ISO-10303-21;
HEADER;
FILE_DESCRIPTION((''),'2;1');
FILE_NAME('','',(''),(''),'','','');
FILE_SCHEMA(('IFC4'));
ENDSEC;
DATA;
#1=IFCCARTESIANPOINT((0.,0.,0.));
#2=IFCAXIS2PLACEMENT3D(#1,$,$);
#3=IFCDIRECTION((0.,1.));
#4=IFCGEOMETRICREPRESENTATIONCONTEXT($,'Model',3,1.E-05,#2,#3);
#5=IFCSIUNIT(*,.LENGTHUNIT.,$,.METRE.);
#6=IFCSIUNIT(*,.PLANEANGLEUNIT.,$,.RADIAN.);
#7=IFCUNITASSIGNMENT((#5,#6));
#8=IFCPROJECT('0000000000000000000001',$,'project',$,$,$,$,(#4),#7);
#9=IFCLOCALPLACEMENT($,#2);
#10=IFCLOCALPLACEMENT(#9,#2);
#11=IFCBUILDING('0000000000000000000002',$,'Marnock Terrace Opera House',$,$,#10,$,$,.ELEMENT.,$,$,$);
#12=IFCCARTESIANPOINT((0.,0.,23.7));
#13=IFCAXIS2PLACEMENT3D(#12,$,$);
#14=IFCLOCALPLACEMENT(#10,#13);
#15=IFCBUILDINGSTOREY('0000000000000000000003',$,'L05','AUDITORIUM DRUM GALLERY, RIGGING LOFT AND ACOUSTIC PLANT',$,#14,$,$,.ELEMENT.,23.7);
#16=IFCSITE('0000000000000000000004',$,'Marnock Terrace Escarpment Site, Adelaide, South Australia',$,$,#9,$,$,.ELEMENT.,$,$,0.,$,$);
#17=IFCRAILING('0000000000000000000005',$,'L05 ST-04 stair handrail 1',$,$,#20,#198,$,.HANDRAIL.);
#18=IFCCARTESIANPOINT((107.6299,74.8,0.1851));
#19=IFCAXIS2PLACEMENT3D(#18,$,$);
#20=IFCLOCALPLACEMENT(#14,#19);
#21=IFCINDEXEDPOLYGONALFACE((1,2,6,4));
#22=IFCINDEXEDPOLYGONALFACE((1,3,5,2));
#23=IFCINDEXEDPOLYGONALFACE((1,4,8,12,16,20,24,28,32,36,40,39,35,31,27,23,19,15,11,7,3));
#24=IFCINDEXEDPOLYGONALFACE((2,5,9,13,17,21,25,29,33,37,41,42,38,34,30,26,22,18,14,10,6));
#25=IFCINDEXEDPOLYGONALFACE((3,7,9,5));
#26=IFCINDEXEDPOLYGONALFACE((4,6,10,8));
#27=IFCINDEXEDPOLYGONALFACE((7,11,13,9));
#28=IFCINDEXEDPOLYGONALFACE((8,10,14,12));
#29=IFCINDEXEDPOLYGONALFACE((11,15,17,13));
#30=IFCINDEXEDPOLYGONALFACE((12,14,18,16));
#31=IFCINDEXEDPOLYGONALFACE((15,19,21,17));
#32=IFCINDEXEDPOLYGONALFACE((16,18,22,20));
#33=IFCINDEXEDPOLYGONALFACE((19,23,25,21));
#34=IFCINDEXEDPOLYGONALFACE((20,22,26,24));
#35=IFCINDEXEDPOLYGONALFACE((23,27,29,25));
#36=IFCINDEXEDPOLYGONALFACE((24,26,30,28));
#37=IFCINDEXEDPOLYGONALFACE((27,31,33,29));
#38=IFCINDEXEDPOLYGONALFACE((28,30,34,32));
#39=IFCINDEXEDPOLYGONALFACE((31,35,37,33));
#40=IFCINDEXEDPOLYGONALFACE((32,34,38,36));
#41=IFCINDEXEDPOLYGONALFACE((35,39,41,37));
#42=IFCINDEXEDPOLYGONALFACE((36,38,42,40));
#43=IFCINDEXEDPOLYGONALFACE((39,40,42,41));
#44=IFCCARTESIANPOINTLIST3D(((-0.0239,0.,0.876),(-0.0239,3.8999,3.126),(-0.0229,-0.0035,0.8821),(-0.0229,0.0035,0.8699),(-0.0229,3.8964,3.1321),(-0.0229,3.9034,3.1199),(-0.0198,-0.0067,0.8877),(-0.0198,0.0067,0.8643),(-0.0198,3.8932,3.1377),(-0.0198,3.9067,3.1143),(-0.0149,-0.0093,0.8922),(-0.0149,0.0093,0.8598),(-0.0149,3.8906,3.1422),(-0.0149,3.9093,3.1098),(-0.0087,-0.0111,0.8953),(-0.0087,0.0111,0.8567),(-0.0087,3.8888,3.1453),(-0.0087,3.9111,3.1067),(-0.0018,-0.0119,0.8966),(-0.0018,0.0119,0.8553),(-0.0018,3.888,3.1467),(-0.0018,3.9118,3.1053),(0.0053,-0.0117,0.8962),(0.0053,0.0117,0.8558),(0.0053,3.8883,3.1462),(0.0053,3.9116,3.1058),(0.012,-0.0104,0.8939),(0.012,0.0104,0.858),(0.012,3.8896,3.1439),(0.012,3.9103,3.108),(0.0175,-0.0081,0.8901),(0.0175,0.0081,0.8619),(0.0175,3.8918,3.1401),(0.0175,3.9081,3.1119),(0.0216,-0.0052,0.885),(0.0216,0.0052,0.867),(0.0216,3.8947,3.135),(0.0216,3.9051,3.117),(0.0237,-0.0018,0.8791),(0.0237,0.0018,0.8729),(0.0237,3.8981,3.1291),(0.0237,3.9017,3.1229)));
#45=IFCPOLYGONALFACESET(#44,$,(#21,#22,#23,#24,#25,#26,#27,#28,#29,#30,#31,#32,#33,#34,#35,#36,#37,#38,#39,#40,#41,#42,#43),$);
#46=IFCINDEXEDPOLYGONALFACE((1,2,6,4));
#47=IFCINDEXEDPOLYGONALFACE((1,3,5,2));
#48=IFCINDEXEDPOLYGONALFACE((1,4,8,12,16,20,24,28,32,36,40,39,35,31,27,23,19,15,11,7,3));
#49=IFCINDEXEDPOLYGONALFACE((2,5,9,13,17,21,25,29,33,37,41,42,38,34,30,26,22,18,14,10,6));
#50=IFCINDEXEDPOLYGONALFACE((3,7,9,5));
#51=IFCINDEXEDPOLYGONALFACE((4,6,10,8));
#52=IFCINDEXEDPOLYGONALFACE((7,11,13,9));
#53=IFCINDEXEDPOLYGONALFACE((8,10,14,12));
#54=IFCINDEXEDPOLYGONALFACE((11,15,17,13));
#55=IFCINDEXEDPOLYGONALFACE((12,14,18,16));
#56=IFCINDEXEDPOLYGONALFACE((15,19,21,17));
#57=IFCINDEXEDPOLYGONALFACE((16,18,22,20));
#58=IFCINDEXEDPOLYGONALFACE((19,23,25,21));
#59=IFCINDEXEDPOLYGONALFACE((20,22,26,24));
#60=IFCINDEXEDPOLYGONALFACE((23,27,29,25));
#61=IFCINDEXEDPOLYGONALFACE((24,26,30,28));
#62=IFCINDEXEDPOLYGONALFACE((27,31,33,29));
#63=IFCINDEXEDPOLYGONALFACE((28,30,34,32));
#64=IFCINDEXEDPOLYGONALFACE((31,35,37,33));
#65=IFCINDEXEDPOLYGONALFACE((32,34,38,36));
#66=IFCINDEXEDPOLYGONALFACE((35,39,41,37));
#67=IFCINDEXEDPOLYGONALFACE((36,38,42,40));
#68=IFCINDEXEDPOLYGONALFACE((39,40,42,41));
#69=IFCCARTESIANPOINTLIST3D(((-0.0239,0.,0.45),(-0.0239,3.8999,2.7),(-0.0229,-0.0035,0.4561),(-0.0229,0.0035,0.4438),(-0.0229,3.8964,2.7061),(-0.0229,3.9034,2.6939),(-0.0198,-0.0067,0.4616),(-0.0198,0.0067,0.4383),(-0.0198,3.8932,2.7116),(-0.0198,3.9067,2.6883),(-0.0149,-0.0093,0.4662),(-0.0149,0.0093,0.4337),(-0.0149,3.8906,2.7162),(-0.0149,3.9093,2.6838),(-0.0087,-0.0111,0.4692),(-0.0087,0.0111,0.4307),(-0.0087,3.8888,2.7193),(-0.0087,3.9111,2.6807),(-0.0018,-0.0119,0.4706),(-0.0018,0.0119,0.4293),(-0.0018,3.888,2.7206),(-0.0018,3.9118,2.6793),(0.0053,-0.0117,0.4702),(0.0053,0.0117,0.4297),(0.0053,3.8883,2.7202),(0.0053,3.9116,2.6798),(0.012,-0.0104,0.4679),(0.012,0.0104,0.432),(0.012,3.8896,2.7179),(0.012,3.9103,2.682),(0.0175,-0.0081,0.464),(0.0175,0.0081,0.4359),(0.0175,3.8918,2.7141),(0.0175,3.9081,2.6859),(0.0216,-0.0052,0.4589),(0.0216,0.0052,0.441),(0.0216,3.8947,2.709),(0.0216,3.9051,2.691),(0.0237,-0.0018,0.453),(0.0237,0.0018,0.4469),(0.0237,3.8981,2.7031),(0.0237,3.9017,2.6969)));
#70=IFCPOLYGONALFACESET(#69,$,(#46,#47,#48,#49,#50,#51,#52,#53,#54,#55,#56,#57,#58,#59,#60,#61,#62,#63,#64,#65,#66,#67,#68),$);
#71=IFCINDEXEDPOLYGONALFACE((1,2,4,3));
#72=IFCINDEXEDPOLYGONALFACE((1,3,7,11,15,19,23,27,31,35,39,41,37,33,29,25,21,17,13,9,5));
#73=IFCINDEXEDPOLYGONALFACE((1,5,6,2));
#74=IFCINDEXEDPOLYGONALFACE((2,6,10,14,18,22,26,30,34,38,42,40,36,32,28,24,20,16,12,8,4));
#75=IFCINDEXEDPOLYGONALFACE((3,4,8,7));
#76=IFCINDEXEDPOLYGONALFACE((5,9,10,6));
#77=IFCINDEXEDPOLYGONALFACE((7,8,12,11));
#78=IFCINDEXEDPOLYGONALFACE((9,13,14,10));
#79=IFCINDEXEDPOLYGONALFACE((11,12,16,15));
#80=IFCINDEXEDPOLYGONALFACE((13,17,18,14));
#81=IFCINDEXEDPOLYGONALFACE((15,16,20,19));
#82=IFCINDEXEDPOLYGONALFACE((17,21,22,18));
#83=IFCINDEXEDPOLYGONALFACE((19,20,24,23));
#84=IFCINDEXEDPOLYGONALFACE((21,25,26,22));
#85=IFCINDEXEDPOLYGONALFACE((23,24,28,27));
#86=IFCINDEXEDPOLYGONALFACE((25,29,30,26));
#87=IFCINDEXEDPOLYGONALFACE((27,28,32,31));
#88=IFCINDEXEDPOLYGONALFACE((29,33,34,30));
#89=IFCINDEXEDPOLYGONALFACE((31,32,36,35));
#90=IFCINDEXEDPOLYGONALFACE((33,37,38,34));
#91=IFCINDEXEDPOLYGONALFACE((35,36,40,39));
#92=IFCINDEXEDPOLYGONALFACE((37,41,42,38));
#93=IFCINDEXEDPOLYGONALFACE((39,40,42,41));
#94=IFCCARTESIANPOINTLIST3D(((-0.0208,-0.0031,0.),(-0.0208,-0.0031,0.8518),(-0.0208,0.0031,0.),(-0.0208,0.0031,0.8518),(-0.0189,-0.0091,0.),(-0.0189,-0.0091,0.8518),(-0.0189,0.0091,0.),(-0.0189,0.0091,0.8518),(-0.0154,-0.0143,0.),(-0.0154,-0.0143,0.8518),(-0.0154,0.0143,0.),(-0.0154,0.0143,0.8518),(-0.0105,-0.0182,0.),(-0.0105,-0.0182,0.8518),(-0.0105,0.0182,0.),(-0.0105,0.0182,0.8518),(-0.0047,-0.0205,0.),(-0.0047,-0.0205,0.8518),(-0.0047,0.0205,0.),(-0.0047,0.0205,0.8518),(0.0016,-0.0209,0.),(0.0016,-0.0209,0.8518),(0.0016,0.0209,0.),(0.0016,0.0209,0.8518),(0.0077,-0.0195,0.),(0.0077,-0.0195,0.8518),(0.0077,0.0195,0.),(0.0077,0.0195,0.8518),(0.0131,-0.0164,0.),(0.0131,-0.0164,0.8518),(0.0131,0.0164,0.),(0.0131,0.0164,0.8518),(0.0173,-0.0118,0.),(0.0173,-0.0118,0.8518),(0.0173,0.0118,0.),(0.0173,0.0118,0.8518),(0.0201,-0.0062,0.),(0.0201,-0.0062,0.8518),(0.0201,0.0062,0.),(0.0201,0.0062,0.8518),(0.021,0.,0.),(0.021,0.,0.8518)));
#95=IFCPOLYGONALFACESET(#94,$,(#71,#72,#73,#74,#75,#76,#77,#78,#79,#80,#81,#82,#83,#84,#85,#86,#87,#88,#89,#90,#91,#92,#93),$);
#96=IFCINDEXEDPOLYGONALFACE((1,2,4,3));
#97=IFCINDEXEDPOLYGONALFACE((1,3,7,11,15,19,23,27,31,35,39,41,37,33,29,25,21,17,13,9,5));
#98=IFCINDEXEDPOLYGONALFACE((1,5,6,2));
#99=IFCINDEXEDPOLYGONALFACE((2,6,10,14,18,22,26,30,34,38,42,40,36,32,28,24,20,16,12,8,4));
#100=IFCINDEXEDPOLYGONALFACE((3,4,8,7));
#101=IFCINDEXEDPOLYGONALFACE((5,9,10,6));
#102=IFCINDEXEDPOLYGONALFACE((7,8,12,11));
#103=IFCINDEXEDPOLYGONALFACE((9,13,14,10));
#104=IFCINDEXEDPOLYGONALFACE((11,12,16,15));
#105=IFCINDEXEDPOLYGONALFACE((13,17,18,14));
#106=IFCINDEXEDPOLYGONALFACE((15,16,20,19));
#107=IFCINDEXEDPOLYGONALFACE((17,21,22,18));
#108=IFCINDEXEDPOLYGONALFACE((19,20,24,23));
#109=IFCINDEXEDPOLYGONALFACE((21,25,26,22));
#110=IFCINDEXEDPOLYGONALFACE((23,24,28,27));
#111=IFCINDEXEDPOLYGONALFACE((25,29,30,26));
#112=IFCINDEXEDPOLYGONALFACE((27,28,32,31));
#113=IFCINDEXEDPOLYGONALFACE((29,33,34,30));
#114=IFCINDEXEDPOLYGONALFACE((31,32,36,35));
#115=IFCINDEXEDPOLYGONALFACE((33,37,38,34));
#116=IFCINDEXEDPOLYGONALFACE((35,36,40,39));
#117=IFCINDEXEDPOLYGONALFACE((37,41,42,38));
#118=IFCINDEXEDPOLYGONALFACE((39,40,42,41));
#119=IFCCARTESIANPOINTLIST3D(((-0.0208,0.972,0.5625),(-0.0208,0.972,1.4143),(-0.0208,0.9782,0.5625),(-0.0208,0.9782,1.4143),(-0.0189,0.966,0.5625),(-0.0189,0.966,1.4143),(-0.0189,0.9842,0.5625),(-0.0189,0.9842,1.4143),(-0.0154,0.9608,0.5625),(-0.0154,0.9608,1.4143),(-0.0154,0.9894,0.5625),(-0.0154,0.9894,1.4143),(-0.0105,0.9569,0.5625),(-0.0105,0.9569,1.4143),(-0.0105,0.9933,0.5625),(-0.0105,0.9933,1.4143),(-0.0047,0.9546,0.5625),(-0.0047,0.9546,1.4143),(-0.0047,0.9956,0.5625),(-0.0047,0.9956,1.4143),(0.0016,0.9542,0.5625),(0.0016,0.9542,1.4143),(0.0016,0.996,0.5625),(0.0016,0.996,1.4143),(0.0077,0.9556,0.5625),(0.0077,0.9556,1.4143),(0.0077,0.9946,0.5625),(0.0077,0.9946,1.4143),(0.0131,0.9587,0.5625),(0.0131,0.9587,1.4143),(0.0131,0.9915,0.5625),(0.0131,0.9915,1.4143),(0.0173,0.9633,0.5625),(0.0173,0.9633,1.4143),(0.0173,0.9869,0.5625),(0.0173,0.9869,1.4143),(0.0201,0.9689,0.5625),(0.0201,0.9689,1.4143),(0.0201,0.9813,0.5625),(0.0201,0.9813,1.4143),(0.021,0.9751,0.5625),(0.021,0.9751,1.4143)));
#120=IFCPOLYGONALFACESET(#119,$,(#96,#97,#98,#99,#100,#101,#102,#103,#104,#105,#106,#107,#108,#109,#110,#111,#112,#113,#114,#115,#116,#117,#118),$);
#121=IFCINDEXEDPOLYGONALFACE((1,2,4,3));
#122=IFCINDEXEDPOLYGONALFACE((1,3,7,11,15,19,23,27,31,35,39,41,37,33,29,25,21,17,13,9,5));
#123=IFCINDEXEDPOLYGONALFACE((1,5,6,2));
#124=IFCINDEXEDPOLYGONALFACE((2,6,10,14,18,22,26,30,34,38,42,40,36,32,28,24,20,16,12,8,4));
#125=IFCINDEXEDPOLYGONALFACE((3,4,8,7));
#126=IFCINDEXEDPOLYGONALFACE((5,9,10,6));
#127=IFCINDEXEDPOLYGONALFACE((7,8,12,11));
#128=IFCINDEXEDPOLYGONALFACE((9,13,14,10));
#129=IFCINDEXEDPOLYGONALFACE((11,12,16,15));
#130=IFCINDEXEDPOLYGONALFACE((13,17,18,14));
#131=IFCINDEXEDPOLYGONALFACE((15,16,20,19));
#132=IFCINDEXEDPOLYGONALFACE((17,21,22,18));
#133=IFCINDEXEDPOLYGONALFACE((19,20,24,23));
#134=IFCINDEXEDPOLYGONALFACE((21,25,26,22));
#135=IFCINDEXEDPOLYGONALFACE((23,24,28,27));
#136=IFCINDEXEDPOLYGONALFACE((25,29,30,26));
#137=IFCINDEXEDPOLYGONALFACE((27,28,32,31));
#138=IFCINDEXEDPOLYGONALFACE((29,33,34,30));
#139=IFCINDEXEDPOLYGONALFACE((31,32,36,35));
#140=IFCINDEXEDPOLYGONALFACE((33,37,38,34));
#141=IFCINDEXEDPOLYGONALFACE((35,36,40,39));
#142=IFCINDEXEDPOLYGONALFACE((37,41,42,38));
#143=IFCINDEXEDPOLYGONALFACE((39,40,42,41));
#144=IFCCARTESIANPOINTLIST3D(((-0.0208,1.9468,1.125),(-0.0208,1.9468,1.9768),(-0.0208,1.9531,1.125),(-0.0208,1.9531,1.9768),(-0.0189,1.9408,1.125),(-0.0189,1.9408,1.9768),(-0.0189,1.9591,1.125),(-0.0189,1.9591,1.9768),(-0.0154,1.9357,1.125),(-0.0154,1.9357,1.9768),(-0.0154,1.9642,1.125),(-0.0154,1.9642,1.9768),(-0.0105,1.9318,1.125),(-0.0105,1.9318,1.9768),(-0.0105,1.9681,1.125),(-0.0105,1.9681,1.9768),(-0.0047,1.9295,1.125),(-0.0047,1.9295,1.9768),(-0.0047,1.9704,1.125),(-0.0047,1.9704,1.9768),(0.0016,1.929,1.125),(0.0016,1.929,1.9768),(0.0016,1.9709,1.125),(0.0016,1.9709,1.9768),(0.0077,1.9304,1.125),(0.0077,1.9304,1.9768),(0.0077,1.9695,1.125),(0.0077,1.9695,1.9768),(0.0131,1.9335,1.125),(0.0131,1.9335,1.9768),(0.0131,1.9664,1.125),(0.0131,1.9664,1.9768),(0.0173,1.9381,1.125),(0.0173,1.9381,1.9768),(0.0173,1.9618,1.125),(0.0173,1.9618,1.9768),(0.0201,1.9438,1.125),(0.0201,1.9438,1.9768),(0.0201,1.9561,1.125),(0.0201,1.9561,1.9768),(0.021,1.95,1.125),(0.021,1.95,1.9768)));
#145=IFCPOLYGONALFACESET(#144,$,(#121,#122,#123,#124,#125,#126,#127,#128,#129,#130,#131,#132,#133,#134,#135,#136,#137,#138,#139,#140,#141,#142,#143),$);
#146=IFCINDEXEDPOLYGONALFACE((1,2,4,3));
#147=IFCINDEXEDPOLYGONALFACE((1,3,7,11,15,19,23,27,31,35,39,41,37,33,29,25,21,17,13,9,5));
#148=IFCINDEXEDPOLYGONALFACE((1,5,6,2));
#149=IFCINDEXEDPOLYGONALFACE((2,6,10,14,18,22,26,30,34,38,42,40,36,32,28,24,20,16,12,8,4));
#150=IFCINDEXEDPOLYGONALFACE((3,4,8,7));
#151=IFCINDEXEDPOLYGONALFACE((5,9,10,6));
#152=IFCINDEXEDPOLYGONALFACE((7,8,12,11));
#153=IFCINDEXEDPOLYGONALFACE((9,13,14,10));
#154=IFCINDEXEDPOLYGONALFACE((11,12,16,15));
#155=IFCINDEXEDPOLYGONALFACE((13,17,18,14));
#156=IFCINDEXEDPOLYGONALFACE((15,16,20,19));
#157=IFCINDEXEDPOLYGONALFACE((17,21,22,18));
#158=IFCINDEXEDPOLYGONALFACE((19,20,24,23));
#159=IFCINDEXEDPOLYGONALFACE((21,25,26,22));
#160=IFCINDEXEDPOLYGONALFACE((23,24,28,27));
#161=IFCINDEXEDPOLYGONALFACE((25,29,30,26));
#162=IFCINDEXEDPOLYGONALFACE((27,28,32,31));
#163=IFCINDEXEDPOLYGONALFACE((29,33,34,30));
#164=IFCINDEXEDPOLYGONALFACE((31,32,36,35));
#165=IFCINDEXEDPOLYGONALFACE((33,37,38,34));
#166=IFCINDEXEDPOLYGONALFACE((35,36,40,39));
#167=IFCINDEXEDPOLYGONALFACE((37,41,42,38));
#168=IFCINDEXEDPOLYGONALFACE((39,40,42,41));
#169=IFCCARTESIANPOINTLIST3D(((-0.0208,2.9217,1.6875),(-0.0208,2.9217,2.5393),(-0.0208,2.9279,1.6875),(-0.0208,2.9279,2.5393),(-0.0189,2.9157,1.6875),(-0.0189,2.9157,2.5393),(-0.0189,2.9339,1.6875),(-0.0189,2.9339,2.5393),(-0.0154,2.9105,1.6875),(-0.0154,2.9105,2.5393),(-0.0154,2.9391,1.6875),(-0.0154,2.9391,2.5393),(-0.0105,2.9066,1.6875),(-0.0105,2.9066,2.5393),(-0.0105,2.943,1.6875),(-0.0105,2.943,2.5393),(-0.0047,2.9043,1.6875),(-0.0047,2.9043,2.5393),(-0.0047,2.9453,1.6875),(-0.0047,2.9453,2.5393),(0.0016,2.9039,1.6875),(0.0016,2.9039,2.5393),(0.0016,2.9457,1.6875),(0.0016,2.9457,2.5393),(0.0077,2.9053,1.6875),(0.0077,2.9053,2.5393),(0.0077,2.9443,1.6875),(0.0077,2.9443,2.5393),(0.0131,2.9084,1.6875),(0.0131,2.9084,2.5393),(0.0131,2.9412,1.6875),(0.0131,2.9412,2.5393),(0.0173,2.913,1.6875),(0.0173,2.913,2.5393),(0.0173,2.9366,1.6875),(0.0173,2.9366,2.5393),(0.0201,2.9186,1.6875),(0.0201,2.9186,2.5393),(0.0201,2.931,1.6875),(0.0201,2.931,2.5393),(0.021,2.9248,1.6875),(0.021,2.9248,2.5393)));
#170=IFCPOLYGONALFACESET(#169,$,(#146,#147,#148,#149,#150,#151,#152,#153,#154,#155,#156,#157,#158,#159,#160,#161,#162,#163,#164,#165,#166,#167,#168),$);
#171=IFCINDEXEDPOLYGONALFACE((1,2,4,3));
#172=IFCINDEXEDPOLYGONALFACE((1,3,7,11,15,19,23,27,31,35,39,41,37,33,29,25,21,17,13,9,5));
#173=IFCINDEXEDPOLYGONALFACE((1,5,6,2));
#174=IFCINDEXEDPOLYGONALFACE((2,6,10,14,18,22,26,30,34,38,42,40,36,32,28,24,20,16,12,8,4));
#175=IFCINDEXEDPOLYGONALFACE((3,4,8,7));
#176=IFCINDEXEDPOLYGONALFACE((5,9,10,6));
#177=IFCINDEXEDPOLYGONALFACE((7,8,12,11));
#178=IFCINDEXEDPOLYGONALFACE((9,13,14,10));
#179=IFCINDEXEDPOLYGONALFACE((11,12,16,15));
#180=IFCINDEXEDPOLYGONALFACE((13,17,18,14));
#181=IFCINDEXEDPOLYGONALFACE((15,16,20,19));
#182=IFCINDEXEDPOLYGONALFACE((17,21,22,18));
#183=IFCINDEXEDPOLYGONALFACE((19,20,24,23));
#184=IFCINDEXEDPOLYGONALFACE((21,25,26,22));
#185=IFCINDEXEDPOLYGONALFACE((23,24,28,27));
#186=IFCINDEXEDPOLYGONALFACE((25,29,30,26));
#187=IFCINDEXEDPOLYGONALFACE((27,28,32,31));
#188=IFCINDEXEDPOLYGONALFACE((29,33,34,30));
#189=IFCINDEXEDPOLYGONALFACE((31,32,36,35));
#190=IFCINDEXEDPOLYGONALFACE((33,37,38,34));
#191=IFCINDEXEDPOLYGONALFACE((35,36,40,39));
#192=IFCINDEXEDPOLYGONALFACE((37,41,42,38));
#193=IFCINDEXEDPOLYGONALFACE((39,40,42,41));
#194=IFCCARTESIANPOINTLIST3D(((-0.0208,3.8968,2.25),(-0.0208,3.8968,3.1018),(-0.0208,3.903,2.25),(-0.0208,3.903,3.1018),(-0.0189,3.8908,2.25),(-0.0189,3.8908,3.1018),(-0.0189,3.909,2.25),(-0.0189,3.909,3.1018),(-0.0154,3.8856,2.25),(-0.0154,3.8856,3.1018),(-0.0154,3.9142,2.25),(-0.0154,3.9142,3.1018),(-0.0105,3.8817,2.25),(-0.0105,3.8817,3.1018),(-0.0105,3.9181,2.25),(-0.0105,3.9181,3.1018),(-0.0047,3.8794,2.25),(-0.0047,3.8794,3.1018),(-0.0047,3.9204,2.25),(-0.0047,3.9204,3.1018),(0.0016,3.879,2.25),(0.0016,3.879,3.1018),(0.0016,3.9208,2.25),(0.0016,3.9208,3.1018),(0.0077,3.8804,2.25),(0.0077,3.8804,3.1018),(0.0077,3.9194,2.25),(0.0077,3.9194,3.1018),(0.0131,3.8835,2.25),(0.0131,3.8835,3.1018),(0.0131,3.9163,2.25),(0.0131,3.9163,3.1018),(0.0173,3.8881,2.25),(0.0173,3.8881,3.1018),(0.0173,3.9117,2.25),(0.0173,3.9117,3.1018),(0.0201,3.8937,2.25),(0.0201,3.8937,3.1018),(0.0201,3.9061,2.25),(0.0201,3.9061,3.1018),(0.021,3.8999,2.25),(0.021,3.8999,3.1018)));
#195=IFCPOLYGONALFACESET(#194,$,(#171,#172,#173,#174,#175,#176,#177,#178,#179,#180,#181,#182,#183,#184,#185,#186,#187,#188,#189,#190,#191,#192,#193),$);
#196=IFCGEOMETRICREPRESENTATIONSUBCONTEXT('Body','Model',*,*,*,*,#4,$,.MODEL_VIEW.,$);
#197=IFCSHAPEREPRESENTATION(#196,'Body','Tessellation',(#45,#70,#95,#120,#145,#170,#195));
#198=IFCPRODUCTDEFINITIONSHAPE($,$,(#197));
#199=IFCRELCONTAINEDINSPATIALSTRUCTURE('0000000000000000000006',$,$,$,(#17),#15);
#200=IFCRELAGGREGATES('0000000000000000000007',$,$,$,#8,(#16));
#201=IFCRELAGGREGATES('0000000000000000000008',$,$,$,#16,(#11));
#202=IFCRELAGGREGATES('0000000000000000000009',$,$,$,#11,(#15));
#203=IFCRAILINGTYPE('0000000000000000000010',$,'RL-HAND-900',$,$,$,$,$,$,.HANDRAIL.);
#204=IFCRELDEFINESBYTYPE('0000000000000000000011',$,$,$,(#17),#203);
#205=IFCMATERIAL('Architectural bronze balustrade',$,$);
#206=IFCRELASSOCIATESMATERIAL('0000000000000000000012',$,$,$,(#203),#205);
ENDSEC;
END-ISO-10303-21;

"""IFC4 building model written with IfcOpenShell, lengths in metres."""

from ifc_helpers import new_model, si_unit, direction, frame, origin, origin_2d, place, context, subcontext, project, spatial, circle, extrude, material, type_object, element, save


model = new_model("IFC4")

# Units and contexts
model_context = context("Model", 3, precision=1e-05, world=origin(), true_north=direction((0.0, 1.0)))
body_context = subcontext(model_context, "Body", "Model", "MODEL_VIEW")
ifc_project = project(units=[si_unit("LENGTHUNIT", "METRE"), si_unit("PLANEANGLEUNIT", "RADIAN")], contexts=[model_context])

# Site, building, storey
site_placement = place(None, origin())
site = spatial("IfcSite", under=ifc_project, at=site_placement, Name="Marnock Terrace Escarpment Site, Adelaide, South Australia", CompositionType="ELEMENT", RefElevation=0.0)
building_placement = place(site_placement, origin())
building = spatial("IfcBuilding", under=site, at=building_placement, Name="Marnock Terrace Opera House", CompositionType="ELEMENT")
storey_placement = place(building_placement, frame((0.0, 0.0, 23.7)))
storey = spatial("IfcBuildingStorey", under=building, at=storey_placement, Name="L05", Description="AUDITORIUM DRUM GALLERY, RIGGING LOFT AND ACOUSTIC PLANT", CompositionType="ELEMENT", Elevation=23.7)

# Railing
ifc_material_1 = material(Name="Architectural bronze balustrade")
railing_type_1 = type_object("IfcRailingType", Name="RL-HAND-900", PredefinedType="HANDRAIL", material=ifc_material_1)
railing_1_placement = place(storey_placement, frame((107.6299, 74.8, 0.1851)))
element("IfcRailing", 1, at=railing_1_placement, inside=storey, type_object=railing_type_1, Name="L05 ST-04 stair handrail 1", PredefinedType="HANDRAIL", context=body_context, shape_type="SweptSolid", body=[
    extrude(circle(Radius=0.0239, at=origin_2d()), frame((0.0, 0.0, 0.876), z_axis=(0.0, 0.86618, 0.499732), x_axis=(-1.0, 0.0, 0.0)), (0.0, 0.0, 1.0), 4.5024),
    extrude(circle(Radius=0.0239, at=origin_2d()), frame((0.0, 0.0, 0.45), z_axis=(0.0, 0.86618, 0.499732), x_axis=(-1.0, 0.0, 0.0)), (0.0, 0.0, 1.0), 4.5024),
    extrude(circle(Radius=0.021, at=origin_2d()), origin(), (0.0, 0.0, 1.0), 0.8518),
    extrude(circle(Radius=0.021, at=origin_2d()), frame((0.0, 0.9751, 0.5625)), (0.0, 0.0, 1.0), 0.8518),
    extrude(circle(Radius=0.021, at=origin_2d()), frame((0.0, 1.95, 1.125)), (0.0, 0.0, 1.0), 0.8518),
    extrude(circle(Radius=0.021, at=origin_2d()), frame((0.0, 2.9248, 1.6875)), (0.0, 0.0, 1.0), 0.8518),
    extrude(circle(Radius=0.021, at=origin_2d()), frame((0.0, 3.8999, 2.25)), (0.0, 0.0, 1.0), 0.8518),
])

save(model, "model.ifc")
